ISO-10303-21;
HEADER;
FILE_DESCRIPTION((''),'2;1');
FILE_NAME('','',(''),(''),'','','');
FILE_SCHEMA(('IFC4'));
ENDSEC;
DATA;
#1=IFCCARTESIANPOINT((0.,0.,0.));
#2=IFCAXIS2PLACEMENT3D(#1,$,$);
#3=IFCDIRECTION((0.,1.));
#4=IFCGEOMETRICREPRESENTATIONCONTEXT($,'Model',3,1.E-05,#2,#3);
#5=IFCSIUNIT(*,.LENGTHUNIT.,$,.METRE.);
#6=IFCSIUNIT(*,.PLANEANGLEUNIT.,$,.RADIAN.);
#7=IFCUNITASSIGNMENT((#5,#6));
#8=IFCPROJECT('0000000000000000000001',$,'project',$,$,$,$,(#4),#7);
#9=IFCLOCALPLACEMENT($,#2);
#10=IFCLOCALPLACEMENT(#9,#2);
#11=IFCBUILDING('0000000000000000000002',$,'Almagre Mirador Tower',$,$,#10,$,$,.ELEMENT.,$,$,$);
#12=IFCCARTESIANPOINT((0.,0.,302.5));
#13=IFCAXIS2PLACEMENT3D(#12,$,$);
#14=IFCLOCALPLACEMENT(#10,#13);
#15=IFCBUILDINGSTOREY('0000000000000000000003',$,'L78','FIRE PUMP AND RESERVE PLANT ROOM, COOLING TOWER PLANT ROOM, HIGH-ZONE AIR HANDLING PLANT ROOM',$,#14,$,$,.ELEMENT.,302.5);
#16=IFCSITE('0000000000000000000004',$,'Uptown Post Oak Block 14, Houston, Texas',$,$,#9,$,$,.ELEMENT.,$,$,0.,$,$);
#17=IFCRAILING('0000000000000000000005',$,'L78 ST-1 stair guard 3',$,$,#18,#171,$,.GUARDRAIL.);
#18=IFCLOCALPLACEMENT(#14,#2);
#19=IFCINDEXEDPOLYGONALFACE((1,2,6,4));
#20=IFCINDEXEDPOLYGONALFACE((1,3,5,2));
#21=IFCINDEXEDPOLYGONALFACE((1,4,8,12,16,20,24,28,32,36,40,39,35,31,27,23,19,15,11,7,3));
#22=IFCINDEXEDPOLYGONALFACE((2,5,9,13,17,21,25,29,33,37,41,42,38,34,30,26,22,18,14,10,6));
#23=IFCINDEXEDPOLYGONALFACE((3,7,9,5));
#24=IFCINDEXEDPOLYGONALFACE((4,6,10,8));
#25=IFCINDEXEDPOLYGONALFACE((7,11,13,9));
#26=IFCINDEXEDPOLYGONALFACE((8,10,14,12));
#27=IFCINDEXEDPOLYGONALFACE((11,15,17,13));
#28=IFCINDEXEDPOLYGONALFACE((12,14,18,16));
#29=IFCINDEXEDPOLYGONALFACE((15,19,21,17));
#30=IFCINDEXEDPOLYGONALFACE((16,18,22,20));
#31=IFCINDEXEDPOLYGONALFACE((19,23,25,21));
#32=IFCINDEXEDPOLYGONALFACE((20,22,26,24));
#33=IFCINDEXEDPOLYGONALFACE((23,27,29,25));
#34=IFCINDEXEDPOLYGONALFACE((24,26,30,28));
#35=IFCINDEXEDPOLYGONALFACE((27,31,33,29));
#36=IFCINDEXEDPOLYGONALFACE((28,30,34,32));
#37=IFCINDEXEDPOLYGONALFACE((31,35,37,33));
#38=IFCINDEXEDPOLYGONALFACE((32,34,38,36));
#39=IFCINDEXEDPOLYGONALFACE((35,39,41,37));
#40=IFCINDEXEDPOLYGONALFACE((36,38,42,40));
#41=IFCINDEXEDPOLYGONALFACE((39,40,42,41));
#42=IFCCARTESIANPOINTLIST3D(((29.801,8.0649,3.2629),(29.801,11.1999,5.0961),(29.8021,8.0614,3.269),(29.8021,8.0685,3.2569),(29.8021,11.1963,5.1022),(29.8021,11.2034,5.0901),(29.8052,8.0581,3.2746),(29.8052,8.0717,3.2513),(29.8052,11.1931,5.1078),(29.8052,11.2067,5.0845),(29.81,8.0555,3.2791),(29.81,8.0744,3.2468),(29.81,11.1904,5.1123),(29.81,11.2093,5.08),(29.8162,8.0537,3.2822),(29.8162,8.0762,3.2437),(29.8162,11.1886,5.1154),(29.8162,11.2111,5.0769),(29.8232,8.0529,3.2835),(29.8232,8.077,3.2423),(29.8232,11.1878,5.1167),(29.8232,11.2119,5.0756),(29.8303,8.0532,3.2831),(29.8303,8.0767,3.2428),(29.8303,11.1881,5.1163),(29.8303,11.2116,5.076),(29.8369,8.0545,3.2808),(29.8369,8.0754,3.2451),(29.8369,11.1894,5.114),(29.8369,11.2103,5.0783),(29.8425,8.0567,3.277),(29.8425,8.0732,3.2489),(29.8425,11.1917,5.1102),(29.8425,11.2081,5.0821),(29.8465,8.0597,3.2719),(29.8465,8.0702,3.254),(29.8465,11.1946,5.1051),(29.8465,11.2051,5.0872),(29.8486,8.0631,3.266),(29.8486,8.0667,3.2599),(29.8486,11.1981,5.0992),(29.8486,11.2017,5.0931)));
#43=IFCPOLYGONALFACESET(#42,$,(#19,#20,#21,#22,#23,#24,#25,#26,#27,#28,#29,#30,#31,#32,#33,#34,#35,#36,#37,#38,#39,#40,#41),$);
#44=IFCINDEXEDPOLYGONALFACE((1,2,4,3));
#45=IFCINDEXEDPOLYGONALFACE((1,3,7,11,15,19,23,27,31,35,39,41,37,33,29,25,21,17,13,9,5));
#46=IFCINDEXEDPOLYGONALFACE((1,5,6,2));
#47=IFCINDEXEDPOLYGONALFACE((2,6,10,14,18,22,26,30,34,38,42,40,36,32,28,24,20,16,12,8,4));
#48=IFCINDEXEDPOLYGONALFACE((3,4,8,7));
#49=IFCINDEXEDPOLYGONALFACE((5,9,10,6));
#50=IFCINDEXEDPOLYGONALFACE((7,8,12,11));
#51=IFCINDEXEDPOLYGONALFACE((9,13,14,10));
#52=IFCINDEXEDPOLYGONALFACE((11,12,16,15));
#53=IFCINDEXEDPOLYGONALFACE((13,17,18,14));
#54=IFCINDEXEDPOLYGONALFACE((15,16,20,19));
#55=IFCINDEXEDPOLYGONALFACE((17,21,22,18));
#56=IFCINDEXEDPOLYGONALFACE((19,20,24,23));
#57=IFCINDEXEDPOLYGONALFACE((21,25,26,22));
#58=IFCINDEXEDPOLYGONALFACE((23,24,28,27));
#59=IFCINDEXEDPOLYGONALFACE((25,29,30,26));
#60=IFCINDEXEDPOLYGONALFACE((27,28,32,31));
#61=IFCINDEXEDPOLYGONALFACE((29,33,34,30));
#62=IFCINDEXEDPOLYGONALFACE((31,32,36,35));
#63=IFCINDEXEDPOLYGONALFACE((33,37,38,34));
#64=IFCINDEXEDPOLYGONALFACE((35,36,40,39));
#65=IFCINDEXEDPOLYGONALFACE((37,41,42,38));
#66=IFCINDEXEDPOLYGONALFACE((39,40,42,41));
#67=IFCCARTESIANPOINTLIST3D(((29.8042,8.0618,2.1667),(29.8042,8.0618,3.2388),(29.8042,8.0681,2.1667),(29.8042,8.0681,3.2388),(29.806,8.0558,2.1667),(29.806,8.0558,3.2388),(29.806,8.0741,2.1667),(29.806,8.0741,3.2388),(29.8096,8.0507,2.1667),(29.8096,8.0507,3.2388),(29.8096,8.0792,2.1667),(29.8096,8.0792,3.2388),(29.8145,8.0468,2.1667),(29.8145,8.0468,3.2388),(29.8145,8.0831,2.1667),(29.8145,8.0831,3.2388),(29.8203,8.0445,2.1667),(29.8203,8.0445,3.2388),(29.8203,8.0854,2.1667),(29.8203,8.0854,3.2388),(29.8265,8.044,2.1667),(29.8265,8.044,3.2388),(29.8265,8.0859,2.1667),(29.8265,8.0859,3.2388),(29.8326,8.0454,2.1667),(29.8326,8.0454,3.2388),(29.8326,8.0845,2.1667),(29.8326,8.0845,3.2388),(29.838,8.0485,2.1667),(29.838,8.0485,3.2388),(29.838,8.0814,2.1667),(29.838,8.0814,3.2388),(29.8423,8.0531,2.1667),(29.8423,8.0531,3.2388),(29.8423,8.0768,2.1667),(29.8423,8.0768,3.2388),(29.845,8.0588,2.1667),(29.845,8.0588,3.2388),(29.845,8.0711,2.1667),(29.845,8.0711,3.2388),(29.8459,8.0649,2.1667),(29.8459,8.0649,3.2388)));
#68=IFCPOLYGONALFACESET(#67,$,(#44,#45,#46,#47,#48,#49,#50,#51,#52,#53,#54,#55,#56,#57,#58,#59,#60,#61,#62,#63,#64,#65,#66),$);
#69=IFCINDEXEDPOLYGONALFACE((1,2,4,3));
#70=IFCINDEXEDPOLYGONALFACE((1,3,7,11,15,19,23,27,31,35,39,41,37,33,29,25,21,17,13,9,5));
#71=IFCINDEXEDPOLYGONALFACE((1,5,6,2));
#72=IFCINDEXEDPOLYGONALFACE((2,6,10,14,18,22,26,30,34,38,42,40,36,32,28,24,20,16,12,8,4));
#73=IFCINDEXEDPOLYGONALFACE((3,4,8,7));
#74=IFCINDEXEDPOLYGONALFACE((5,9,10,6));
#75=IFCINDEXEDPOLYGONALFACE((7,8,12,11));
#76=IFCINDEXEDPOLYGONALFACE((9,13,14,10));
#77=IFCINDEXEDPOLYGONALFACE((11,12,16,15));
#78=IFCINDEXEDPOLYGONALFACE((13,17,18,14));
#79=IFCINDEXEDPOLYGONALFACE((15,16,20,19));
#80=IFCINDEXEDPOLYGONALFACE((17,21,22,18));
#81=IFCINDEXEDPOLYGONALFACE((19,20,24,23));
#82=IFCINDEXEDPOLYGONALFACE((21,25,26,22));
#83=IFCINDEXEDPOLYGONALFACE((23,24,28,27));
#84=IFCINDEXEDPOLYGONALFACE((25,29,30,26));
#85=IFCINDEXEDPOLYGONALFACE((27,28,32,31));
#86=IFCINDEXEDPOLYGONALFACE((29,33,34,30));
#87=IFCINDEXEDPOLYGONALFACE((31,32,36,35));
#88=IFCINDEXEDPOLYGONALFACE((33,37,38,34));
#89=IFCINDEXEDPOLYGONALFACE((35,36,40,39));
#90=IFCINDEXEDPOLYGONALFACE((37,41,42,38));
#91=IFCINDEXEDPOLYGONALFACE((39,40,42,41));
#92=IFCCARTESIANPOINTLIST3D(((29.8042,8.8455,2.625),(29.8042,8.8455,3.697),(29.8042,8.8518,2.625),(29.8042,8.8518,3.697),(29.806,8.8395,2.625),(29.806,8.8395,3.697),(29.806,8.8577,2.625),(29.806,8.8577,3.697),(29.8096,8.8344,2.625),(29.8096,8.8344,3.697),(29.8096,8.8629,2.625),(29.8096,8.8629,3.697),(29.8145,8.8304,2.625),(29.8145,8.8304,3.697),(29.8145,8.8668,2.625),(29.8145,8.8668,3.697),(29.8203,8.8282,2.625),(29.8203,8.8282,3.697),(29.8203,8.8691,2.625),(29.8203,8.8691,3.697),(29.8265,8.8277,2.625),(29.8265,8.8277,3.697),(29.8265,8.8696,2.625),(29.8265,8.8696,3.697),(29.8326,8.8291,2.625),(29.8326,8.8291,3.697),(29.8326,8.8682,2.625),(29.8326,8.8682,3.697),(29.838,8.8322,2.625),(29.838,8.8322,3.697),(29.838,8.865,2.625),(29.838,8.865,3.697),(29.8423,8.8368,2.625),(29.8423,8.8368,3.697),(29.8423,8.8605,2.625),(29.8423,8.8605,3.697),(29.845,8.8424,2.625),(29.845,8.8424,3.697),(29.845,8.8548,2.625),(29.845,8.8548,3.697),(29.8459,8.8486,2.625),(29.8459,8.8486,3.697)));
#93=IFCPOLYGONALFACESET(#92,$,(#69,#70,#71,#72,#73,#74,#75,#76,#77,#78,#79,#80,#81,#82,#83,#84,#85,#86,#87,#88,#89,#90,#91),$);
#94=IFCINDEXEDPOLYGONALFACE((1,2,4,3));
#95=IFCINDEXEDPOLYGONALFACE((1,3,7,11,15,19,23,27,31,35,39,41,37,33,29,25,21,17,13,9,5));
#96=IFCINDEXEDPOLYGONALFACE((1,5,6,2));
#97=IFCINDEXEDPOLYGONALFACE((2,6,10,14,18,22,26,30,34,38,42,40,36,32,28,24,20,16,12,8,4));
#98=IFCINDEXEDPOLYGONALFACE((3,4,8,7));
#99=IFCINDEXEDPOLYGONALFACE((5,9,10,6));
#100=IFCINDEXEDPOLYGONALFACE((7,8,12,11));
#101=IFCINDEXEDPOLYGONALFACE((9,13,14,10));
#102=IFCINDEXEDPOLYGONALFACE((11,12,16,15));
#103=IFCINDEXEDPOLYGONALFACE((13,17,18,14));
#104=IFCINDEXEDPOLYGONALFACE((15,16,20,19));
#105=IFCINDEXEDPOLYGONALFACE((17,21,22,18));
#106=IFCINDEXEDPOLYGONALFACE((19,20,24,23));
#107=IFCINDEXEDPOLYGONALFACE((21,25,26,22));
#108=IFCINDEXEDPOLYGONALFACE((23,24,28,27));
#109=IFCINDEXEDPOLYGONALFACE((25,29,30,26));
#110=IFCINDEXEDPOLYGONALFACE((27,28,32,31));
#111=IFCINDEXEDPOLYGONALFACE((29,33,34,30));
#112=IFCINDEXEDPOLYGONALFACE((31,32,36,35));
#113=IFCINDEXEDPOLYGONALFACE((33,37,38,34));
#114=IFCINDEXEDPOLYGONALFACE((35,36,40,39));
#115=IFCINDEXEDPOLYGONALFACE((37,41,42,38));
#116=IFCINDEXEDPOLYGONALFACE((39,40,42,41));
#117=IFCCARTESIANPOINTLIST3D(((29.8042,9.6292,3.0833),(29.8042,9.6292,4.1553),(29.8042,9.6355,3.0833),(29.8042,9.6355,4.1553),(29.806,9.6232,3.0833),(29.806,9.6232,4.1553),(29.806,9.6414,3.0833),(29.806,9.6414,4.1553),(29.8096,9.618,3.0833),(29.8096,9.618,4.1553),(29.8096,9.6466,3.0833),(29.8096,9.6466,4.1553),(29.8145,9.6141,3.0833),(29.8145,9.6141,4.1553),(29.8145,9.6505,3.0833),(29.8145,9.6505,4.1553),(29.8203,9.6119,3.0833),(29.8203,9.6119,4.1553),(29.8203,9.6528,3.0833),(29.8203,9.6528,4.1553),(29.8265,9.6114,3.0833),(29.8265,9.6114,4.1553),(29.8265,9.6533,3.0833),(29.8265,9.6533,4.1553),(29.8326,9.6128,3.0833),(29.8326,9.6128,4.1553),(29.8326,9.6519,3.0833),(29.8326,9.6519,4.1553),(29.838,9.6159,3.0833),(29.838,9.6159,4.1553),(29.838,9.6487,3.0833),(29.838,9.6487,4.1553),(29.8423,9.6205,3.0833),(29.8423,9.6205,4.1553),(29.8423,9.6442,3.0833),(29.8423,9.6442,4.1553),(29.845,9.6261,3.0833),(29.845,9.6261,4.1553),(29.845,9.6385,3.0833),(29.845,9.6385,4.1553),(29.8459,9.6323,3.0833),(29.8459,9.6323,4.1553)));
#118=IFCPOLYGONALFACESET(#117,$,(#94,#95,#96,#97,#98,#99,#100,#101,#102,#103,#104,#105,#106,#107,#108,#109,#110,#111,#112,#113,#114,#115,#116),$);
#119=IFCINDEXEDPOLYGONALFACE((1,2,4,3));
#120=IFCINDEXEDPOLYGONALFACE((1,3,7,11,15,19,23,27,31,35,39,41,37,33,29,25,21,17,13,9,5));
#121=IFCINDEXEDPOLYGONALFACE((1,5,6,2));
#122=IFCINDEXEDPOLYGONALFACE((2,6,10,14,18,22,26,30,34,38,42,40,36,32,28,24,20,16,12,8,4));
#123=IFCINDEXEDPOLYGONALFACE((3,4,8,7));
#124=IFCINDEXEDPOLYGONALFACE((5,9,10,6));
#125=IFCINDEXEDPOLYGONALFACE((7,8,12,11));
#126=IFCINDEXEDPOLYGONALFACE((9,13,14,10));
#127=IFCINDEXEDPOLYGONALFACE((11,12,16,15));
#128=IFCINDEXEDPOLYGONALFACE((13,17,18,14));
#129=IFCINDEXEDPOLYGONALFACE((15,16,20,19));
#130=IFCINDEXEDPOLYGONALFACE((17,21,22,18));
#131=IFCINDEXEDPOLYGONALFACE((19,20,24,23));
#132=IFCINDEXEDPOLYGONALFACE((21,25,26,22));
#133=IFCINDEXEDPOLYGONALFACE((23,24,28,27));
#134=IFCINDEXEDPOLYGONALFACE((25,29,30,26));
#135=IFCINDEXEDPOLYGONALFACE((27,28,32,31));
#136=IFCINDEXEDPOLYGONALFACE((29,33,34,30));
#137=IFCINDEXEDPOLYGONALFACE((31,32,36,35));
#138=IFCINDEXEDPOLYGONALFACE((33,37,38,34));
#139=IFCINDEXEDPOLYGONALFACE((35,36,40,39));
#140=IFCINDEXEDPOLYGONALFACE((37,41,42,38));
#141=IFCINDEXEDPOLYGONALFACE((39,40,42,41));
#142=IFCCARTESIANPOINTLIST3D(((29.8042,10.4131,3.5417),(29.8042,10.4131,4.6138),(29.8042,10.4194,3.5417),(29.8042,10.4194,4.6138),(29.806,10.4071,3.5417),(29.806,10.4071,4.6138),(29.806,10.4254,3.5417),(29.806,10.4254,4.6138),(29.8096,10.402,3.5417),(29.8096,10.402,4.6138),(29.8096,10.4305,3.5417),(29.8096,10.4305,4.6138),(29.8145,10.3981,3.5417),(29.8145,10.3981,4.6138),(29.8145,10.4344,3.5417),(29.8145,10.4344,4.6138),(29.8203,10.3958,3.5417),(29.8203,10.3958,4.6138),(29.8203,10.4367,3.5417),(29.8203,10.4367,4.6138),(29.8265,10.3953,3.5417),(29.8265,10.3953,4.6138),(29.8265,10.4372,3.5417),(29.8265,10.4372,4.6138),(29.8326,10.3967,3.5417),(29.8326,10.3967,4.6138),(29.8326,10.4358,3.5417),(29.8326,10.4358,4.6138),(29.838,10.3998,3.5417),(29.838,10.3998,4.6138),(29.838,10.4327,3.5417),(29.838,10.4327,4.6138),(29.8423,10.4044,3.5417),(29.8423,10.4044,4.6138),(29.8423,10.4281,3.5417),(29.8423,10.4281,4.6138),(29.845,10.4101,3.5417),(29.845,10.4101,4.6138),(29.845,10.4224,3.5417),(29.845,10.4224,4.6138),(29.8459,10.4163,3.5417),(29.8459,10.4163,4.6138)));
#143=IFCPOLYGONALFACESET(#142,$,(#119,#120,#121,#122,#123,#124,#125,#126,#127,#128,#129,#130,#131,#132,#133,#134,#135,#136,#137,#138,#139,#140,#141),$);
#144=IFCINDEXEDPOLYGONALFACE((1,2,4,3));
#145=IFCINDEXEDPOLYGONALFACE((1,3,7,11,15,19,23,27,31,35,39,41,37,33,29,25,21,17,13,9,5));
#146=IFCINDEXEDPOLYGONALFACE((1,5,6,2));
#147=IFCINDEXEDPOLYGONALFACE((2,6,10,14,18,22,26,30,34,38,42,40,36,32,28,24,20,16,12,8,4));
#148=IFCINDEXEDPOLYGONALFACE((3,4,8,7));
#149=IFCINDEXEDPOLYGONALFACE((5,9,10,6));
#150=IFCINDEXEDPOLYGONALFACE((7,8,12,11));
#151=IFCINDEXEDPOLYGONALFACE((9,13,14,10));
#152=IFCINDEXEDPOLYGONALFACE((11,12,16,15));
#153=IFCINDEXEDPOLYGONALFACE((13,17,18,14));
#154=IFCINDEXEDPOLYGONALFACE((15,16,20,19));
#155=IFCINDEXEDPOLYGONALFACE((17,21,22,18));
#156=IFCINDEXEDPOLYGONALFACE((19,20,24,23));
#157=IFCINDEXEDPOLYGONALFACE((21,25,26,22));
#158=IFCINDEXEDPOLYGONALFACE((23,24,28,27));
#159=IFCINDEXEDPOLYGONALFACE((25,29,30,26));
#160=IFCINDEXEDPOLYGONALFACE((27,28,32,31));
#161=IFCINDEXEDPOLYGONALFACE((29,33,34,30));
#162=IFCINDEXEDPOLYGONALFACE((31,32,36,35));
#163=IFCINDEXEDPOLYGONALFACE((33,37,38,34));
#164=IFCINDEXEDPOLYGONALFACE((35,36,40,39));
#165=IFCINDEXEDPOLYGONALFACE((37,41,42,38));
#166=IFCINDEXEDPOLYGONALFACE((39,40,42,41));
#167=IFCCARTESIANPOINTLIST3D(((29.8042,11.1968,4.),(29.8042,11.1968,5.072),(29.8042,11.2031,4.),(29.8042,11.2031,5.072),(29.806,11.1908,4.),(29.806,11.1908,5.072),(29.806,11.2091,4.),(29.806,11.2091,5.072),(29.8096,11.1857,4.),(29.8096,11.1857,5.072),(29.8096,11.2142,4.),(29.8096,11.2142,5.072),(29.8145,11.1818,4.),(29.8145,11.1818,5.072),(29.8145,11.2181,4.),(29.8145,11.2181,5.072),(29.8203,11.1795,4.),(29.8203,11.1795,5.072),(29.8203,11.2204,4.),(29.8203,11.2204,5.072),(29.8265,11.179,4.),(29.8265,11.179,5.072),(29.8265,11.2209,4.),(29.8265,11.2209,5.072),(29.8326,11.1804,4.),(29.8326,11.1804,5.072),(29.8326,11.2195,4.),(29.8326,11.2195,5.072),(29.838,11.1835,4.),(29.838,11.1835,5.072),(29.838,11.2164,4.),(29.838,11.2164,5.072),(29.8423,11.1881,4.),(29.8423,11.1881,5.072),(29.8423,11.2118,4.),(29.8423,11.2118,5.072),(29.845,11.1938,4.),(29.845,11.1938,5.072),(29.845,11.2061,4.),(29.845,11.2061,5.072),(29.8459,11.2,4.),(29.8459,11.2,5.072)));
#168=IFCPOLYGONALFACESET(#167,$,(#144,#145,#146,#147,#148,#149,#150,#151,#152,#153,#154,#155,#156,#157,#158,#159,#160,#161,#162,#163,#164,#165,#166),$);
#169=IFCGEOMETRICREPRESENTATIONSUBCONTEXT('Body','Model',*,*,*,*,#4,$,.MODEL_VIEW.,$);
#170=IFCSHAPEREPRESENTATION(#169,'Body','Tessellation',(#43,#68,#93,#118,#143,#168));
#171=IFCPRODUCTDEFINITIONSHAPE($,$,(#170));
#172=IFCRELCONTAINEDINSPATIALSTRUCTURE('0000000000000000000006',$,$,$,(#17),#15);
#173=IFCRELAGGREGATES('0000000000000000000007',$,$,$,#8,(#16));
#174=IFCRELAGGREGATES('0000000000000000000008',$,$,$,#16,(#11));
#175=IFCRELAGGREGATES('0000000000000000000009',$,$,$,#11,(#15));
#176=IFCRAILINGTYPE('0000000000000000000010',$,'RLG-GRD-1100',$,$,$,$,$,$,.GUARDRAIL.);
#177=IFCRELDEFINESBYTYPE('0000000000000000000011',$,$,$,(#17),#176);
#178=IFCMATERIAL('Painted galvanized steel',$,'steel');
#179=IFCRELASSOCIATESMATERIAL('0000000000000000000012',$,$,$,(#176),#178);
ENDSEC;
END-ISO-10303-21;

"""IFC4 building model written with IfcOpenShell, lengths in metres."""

from ifc_helpers import new_model, si_unit, direction, frame, origin, origin_2d, place, context, subcontext, project, spatial, circle, extrude, material, type_object, element, save


model = new_model("IFC4")

# Units and contexts
model_context = context("Model", 3, precision=1e-05, world=origin(), true_north=direction((0.0, 1.0)))
body_context = subcontext(model_context, "Body", "Model", "MODEL_VIEW")
ifc_project = project(units=[si_unit("LENGTHUNIT", "METRE"), si_unit("PLANEANGLEUNIT", "RADIAN")], contexts=[model_context])

# Site, building, storey
site_placement = place(None, origin())
site = spatial("IfcSite", under=ifc_project, at=site_placement, Name="Uptown Post Oak Block 14, Houston, Texas", CompositionType="ELEMENT", RefElevation=0.0)
building_placement = place(site_placement, origin())
building = spatial("IfcBuilding", under=site, at=building_placement, Name="Almagre Mirador Tower", CompositionType="ELEMENT")
storey_placement = place(building_placement, frame((0.0, 0.0, 302.5)))
storey = spatial("IfcBuildingStorey", under=building, at=storey_placement, Name="L78", Description="FIRE PUMP AND RESERVE PLANT ROOM, COOLING TOWER PLANT ROOM, HIGH-ZONE AIR HANDLING PLANT ROOM", CompositionType="ELEMENT", Elevation=302.5)

# Railing
ifc_material_1 = material(Name="Painted galvanized steel", Category="steel")
railing_type_1 = type_object("IfcRailingType", Name="RLG-GRD-1100", PredefinedType="GUARDRAIL", material=ifc_material_1)
railing_1_placement = place(storey_placement, frame((29.825, 8.0649, 2.1667)))
element("IfcRailing", 1, at=railing_1_placement, inside=storey, type_object=railing_type_1, Name="L78 ST-1 stair guard 3", PredefinedType="GUARDRAIL", context=body_context, shape_type="SweptSolid", body=[
    extrude(circle(Radius=0.0239, at=origin_2d()), frame((0.0, 0.0, 1.0962), z_axis=(0.0, 0.86324, 0.504794), x_axis=(-1.0, 0.0, 0.0)), (0.0, 0.0, 1.0), 3.6316),
    extrude(circle(Radius=0.021, at=origin_2d()), origin(), (0.0, 0.0, 1.0), 1.072),
    extrude(circle(Radius=0.021, at=origin_2d()), frame((0.0, 0.7837, 0.4583)), (0.0, 0.0, 1.0), 1.072),
    extrude(circle(Radius=0.021, at=origin_2d()), frame((0.0, 1.5674, 0.9165)), (0.0, 0.0, 1.0), 1.072),
    extrude(circle(Radius=0.021, at=origin_2d()), frame((0.0, 2.3513, 1.375)), (0.0, 0.0, 1.0), 1.072),
    extrude(circle(Radius=0.021, at=origin_2d()), frame((0.0, 3.135, 1.8333)), (0.0, 0.0, 1.0), 1.072),
])

save(model, "model.ifc")
